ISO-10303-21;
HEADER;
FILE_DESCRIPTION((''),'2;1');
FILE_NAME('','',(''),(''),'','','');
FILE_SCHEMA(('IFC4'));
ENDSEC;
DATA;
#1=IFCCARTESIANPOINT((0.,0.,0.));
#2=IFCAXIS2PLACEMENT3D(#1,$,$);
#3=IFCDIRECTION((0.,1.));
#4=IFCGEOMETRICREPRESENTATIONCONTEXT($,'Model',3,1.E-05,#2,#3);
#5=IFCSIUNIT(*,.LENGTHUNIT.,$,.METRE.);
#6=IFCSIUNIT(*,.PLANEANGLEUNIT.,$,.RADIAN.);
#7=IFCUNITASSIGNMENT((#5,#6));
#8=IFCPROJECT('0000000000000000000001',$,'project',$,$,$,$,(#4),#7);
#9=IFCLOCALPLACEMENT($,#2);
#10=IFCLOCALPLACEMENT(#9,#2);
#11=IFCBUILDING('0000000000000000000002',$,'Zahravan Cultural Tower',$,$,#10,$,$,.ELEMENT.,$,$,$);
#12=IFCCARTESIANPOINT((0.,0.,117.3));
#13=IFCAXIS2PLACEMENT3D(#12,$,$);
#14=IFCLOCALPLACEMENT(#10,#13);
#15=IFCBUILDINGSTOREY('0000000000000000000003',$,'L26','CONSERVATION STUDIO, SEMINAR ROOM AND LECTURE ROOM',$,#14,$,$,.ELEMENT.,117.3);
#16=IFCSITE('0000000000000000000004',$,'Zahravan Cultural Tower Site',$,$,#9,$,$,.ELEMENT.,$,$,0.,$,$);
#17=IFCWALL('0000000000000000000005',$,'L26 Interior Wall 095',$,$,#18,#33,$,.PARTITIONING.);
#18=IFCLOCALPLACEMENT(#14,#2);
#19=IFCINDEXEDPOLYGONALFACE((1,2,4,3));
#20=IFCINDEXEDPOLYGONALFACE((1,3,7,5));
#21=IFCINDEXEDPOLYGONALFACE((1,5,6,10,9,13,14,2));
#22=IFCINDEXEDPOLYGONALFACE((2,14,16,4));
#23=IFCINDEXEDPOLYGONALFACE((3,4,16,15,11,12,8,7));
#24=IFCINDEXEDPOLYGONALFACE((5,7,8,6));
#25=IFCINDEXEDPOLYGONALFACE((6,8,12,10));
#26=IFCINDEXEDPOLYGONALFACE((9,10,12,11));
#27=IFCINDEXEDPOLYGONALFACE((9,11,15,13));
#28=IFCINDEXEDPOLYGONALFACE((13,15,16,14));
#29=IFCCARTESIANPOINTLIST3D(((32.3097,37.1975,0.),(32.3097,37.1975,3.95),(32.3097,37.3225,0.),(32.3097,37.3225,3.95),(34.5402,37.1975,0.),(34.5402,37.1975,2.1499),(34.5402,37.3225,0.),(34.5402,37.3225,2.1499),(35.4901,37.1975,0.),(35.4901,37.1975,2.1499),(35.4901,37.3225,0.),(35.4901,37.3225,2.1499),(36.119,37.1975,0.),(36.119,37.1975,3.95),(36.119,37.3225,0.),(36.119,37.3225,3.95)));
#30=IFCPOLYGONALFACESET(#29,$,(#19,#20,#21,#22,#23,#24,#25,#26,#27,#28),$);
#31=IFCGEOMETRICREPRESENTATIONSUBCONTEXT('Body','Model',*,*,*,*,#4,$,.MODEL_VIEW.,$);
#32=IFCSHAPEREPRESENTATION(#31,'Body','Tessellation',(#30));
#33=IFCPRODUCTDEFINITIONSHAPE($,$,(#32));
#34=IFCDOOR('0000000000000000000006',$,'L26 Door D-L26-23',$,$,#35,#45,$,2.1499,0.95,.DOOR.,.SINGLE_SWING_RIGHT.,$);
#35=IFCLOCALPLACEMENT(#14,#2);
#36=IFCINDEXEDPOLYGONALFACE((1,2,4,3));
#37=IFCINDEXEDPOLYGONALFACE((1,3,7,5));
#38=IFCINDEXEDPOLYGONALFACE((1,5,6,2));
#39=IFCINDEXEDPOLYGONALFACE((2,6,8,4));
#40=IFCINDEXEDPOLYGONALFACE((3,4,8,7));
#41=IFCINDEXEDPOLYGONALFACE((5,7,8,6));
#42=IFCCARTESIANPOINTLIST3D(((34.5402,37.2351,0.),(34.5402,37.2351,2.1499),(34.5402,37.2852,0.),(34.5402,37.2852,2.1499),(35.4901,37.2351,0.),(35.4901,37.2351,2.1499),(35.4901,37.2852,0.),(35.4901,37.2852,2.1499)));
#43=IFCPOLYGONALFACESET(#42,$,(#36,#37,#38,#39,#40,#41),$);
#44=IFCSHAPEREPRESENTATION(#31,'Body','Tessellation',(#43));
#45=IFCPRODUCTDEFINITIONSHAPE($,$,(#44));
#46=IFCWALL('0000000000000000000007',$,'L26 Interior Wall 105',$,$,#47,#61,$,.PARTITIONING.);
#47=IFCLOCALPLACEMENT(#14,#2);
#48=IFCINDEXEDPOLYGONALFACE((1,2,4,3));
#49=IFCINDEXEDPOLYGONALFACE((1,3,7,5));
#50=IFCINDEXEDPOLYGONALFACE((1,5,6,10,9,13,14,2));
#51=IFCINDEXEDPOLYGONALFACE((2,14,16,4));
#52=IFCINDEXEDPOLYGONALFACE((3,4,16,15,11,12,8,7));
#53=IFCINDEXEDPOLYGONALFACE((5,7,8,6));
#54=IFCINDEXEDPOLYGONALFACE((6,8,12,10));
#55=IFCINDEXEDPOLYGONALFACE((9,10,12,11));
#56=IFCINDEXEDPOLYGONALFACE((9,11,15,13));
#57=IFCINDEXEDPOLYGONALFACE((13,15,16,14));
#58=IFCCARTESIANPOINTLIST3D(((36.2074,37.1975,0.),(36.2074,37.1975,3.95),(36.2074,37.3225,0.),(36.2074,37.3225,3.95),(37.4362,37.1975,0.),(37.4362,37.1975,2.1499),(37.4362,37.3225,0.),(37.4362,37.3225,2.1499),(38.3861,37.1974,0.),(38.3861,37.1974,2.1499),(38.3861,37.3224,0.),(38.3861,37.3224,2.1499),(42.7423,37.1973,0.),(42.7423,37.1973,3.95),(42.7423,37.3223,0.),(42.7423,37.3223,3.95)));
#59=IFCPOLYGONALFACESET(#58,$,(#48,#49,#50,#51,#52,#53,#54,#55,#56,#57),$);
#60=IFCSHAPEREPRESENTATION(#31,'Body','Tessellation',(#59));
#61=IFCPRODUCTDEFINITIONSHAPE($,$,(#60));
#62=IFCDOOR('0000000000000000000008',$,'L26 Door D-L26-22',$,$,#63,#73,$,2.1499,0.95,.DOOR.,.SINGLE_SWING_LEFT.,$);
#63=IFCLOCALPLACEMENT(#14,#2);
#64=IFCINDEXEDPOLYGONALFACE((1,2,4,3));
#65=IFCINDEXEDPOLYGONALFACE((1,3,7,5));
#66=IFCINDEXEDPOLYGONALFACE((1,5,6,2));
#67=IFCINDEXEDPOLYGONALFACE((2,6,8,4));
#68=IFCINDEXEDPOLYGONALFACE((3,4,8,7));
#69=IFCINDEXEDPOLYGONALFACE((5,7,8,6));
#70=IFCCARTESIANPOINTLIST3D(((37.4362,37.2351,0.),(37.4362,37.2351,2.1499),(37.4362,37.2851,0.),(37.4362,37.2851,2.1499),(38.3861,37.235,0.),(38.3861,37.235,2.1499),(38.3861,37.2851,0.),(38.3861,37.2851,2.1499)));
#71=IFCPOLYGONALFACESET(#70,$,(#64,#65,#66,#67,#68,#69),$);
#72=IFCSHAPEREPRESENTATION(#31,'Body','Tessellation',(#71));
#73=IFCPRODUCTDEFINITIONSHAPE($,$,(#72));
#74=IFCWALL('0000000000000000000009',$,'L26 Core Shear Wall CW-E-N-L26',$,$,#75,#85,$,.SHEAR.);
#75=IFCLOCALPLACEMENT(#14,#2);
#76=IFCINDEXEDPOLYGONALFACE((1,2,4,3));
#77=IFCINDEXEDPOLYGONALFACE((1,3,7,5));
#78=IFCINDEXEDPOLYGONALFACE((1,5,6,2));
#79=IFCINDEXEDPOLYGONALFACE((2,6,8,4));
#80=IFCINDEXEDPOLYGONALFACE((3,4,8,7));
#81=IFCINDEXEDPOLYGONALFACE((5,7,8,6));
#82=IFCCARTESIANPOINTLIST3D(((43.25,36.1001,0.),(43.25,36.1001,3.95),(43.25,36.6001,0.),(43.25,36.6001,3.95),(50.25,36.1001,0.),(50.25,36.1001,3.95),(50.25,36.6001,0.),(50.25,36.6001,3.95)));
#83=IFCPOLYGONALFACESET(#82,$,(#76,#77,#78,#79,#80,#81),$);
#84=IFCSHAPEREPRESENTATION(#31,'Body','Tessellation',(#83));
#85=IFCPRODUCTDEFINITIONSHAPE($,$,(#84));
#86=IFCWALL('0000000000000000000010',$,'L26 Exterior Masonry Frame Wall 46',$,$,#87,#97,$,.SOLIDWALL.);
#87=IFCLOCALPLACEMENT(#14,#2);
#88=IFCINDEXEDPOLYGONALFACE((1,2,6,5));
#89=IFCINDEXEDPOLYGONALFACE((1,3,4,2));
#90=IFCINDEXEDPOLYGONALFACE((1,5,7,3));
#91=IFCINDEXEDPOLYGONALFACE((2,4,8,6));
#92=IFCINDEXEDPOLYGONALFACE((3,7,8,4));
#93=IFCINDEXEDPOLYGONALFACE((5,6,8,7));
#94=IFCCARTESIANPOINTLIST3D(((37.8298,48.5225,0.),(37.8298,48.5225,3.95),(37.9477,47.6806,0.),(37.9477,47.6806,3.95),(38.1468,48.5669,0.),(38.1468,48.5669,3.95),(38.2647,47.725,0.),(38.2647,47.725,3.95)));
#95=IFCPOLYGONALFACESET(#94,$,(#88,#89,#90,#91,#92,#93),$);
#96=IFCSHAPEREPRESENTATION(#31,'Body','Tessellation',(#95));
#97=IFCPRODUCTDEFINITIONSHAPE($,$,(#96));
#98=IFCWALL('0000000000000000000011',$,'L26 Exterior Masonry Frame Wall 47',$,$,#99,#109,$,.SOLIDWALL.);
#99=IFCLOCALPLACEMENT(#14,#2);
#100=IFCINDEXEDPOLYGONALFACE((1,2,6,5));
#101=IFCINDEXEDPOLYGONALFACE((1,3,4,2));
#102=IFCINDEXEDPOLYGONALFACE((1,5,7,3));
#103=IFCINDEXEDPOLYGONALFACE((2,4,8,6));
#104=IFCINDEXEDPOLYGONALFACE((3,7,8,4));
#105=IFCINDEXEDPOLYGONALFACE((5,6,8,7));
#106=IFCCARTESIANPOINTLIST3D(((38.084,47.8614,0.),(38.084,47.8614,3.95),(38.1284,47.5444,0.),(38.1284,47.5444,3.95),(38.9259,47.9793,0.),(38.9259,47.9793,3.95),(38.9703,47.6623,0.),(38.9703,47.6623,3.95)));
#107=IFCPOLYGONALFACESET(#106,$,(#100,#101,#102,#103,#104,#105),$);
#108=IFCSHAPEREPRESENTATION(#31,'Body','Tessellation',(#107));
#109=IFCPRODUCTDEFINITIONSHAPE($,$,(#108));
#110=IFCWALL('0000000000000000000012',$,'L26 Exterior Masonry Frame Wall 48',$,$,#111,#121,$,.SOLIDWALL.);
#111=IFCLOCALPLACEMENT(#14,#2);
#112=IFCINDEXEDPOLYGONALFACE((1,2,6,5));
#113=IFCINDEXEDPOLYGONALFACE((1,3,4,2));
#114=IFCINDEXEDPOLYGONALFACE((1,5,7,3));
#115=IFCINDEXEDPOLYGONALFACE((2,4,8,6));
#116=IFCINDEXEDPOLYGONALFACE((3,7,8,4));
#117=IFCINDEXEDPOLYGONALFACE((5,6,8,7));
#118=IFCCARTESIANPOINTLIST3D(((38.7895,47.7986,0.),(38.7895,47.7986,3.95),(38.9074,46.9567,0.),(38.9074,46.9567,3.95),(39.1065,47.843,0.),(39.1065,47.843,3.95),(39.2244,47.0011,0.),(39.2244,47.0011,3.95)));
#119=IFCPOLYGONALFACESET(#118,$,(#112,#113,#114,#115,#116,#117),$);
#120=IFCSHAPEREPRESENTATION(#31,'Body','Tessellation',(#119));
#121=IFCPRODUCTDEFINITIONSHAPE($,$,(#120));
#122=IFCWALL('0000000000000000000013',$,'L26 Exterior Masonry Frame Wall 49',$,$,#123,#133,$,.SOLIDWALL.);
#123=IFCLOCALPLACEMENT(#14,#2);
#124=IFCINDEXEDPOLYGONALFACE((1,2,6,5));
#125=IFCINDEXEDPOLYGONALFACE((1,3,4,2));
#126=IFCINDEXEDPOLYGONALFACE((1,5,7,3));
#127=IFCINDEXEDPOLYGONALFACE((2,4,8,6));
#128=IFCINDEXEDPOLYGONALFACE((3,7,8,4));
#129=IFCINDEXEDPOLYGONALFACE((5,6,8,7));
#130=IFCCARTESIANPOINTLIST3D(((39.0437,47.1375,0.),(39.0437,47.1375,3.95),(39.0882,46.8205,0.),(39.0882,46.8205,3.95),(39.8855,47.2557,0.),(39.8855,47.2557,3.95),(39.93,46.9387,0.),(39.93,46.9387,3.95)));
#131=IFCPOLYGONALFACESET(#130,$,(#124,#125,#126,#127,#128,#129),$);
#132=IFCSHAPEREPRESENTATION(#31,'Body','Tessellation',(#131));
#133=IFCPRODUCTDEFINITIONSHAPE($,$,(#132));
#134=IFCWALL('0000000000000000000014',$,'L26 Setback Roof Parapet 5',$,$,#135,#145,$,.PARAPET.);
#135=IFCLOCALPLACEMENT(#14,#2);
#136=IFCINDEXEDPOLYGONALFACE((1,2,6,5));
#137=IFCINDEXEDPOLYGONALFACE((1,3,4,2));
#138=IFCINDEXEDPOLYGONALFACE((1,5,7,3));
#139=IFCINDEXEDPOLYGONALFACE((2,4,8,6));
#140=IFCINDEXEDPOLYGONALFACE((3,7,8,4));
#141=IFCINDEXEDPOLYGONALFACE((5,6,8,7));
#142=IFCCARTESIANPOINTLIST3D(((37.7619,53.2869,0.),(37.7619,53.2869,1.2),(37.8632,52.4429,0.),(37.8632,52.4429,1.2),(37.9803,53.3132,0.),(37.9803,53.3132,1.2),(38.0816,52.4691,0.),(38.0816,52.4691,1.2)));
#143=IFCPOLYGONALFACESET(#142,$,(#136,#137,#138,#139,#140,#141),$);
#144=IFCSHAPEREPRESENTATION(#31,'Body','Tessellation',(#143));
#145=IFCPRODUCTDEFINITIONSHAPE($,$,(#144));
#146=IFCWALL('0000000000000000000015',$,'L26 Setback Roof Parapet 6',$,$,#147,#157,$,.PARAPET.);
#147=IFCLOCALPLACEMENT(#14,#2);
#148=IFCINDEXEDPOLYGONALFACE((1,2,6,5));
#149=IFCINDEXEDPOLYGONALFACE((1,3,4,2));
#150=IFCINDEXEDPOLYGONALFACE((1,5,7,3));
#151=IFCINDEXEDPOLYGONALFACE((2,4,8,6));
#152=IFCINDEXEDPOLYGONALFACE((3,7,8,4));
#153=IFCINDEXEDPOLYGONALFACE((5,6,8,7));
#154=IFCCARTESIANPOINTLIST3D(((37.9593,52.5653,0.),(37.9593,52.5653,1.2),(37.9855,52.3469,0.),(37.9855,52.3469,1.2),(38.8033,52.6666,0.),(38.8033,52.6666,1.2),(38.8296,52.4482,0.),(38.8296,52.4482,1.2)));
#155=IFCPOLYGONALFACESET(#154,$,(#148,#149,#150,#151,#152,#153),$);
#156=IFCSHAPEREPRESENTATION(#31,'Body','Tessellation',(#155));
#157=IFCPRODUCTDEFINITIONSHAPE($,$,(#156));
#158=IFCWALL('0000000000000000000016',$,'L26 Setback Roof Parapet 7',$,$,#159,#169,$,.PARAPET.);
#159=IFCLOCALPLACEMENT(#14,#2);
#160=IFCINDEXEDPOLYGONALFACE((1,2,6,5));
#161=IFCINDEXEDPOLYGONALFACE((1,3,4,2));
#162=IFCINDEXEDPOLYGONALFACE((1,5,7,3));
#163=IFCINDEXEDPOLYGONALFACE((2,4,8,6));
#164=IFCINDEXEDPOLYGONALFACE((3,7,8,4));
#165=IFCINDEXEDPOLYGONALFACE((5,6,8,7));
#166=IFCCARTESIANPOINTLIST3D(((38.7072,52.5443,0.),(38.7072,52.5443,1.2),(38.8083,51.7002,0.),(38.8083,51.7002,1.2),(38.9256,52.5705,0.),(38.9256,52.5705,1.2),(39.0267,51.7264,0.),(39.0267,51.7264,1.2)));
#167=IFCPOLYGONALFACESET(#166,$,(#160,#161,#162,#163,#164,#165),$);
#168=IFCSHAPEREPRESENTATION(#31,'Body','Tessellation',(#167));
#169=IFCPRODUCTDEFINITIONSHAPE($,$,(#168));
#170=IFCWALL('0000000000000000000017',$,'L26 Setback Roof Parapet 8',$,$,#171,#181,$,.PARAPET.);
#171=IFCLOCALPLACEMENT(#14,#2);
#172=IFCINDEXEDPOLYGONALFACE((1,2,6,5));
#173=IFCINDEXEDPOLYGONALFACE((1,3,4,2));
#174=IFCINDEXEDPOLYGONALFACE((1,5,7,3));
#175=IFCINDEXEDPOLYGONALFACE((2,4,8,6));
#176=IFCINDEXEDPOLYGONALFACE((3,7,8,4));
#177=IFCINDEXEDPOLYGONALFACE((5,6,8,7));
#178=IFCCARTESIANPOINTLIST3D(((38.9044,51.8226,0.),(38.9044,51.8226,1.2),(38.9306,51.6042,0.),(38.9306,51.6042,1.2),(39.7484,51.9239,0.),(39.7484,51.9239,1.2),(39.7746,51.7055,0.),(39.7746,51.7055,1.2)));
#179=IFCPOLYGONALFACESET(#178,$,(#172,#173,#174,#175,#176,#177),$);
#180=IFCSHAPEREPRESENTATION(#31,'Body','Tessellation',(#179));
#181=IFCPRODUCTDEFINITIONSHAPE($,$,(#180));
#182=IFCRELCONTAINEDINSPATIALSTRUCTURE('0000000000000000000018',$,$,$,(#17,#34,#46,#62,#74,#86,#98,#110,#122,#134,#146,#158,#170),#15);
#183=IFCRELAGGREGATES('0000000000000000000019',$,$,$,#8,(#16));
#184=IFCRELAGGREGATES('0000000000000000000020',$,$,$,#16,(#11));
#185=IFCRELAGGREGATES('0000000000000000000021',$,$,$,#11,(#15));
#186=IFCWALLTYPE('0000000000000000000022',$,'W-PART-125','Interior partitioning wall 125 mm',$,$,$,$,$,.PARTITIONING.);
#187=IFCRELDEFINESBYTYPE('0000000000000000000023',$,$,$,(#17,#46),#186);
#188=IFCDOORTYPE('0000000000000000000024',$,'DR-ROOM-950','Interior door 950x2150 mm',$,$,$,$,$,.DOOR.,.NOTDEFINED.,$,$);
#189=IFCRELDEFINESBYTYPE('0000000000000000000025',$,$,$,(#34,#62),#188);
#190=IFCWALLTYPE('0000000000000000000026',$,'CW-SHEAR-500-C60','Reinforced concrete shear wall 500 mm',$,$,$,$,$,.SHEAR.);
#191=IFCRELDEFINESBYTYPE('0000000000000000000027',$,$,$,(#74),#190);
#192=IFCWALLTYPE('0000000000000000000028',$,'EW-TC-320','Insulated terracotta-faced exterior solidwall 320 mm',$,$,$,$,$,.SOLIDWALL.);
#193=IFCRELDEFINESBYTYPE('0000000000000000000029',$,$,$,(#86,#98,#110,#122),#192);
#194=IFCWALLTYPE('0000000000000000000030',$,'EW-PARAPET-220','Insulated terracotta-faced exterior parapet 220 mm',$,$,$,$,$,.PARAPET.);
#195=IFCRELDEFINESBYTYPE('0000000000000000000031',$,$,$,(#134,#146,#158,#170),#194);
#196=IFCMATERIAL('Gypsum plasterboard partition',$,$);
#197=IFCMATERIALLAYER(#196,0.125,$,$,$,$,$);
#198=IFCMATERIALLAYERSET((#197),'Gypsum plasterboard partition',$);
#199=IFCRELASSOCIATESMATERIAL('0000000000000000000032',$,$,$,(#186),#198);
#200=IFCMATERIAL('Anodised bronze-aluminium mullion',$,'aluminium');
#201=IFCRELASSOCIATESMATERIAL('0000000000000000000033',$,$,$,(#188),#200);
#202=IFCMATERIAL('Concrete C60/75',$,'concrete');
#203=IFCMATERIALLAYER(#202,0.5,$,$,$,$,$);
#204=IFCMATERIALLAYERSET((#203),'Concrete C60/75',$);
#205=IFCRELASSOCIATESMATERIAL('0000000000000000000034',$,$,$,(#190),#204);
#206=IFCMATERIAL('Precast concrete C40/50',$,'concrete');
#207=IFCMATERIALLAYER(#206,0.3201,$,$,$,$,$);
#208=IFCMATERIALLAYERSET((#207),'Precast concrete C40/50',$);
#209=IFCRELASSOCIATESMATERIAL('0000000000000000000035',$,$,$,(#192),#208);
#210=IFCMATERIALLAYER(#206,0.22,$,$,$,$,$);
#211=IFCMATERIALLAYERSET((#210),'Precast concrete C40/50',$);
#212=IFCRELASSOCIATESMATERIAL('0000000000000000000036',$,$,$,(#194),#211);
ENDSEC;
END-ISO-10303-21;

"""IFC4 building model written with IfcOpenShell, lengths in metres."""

from ifc_helpers import new_model, si_unit, direction, frame, frame_2d, origin, place, context, subcontext, project, spatial, rectangle, extrude, source, transform, mapped, material, layer, layer_set, type_object, element, fill, save


model = new_model("IFC4")

# Units and contexts
model_context = context("Model", 3, precision=1e-05, world=origin(), true_north=direction((0.0, 1.0)))
body_context = subcontext(model_context, "Body", "Model", "MODEL_VIEW")
ifc_project = project(units=[si_unit("LENGTHUNIT", "METRE"), si_unit("PLANEANGLEUNIT", "RADIAN")], contexts=[model_context])

# Site, building, storey
site_placement = place(None, origin())
site = spatial("IfcSite", under=ifc_project, at=site_placement, Name="Zahravan Cultural Tower Site", CompositionType="ELEMENT", RefElevation=0.0)
building_placement = place(site_placement, origin())
building = spatial("IfcBuilding", under=site, at=building_placement, Name="Zahravan Cultural Tower", CompositionType="ELEMENT")
storey_placement = place(building_placement, frame((0.0, 0.0, 117.3)))
storey = spatial("IfcBuildingStorey", under=building, at=storey_placement, Name="L26", Description="CONSERVATION STUDIO, SEMINAR ROOM AND LECTURE ROOM", CompositionType="ELEMENT", Elevation=117.3)

# Shared definitions
ifc_material_1 = material(Name="Concrete C60/75", Category="concrete")

# Walls, openings, doors
ifc_material_2 = material(Name="Gypsum plasterboard partition")
ifc_layer_1 = layer(ifc_material_2, 0.125)
ifc_layer_set_1 = layer_set([ifc_layer_1], Name="Gypsum plasterboard partition")
wall_type_1 = type_object("IfcWallType", Name="W-PART-125", Description="Interior partitioning wall 125 mm", PredefinedType="PARTITIONING", material=ifc_layer_set_1)
wall_1_placement = place(storey_placement, frame((36.1191, 37.26, 0.0), z_axis=(0.0, 0.0, 1.0), x_axis=(-1.0, 0.0, 0.0)))
wall_1 = element("IfcWall", 1, at=wall_1_placement, inside=storey, type_object=wall_type_1, Name="L26 Interior Wall 095", PredefinedType="PARTITIONING", context=body_context, shape_type="SweptSolid", body=[
    extrude(rectangle(XDim=3.8093, YDim=0.125, at=frame_2d((1.9048, 0.0))), origin(), (0.0, 0.0, 1.0), 3.95),
])
opening_1_placement = place(wall_1_placement, frame((0.6289, 0.0, 0.0)))
opening_1 = element("IfcOpeningElement", 2, at=opening_1_placement, cuts=wall_1, PredefinedType="OPENING", context=body_context, shape_type="SweptSolid", body=[
    extrude(rectangle(XDim=0.95, YDim=2.1499, at=frame_2d((0.4751, 1.075))), frame((0.0, 0.0725, 0.0), z_axis=(0.0, -1.0, 0.0), x_axis=(1.0, 0.0, 0.0)), (0.0, 0.0, 1.0), 0.145),
])
ifc_material_3 = material(Name="Anodised bronze-aluminium mullion", Category="aluminium")
door_type = type_object("IfcDoorType", Name="DR-ROOM-950", Description="Interior door 950x2150 mm", OperationType="NOTDEFINED", PredefinedType="DOOR", material=ifc_material_3)
shared_shape_1 = source(origin(), body_context, "Body", "SweptSolid", [
    extrude(rectangle(XDim=0.95, YDim=2.1499, at=frame_2d((0.4751, 1.075))), frame((0.0, 0.0249, 0.0), z_axis=(0.0, -1.0, 0.0), x_axis=(1.0, 0.0, 0.0)), (0.0, 0.0, 1.0), 0.05),
])
door_1_placement = place(opening_1_placement, origin())
door_1 = element("IfcDoor", 3, at=door_1_placement, inside=storey, type_object=door_type, Name="L26 Door D-L26-23", OperationType="SINGLE_SWING_RIGHT", OverallHeight=2.1499, OverallWidth=0.95, PredefinedType="DOOR", context=body_context, shape_type="MappedRepresentation", body=[
    mapped(shared_shape_1, transform((0.0, 0.0, 0.0), x_axis=(1.0, 0.0, 0.0), y_axis=(0.0, 1.0, 0.0), z_axis=(0.0, 0.0, 1.0), scale=1.0)),
])
fill(opening_1, door_1)
wall_2_placement = place(storey_placement, frame((42.7424, 37.2598, 0.0), z_axis=(0.0, 0.0, 1.0), x_axis=(-1.0, 0.000037, 0.0)))
wall_2 = element("IfcWall", 4, at=wall_2_placement, inside=storey, type_object=wall_type_1, Name="L26 Interior Wall 105", PredefinedType="PARTITIONING", context=body_context, shape_type="SweptSolid", body=[
    extrude(rectangle(XDim=6.5349, YDim=0.125, at=frame_2d((3.2676, 0.0))), origin(), (0.0, 0.0, 1.0), 3.95),
])
opening_2_placement = place(wall_2_placement, frame((4.3562, 0.0, 0.0)))
opening_2 = element("IfcOpeningElement", 5, at=opening_2_placement, cuts=wall_2, PredefinedType="OPENING", context=body_context, shape_type="SweptSolid", body=[
    extrude(rectangle(XDim=0.95, YDim=2.1499, at=frame_2d((0.4751, 1.075))), frame((0.0, 0.0725, 0.0), z_axis=(0.0, -1.0, 0.0), x_axis=(1.0, 0.0, 0.0)), (0.0, 0.0, 1.0), 0.145),
])
door_2_placement = place(opening_2_placement, origin())
door_2 = element("IfcDoor", 6, at=door_2_placement, inside=storey, type_object=door_type, Name="L26 Door D-L26-22", OperationType="SINGLE_SWING_LEFT", OverallHeight=2.1499, OverallWidth=0.95, PredefinedType="DOOR", context=body_context, shape_type="MappedRepresentation", body=[
    mapped(shared_shape_1, transform((0.0, 0.0, 0.0), x_axis=(1.0, 0.0, 0.0), y_axis=(0.0, 1.0, 0.0), z_axis=(0.0, 0.0, 1.0), scale=1.0)),
])
fill(opening_2, door_2)

# Walls
ifc_layer_2 = layer(ifc_material_1, 0.5)
ifc_layer_set_2 = layer_set([ifc_layer_2], Name="Concrete C60/75")
wall_type_2 = type_object("IfcWallType", Name="CW-SHEAR-500-C60", Description="Reinforced concrete shear wall 500 mm", PredefinedType="SHEAR", material=ifc_layer_set_2)
shared_shape_2 = source(origin(), body_context, "Body", "SweptSolid", [
    extrude(rectangle(XDim=7.0, YDim=0.5, at=frame_2d((3.5, 0.0))), origin(), (0.0, 0.0, 1.0), 3.95),
])
wall_3_placement = place(storey_placement, frame((43.25, 36.3501, 0.0), z_axis=(0.0, 0.0, 1.0), x_axis=(1.0, 0.0, 0.0)))
element("IfcWall", 7, at=wall_3_placement, inside=storey, type_object=wall_type_2, Name="L26 Core Shear Wall CW-E-N-L26", PredefinedType="SHEAR", context=body_context, shape_type="MappedRepresentation", body=[
    mapped(shared_shape_2, transform((0.0, 0.0, 0.0), x_axis=(1.0, 0.0, 0.0), y_axis=(0.0, 1.0, 0.0), z_axis=(0.0, 0.0, 1.0), scale=1.0)),
])
ifc_material_4 = material(Name="Precast concrete C40/50", Category="concrete")
ifc_layer_3 = layer(ifc_material_4, 0.3201)
ifc_layer_set_3 = layer_set([ifc_layer_3], Name="Precast concrete C40/50")
wall_type_3 = type_object("IfcWallType", Name="EW-TC-320", Description="Insulated terracotta-faced exterior solidwall 320 mm", PredefinedType="SOLIDWALL", material=ifc_layer_set_3)
shared_shape_3 = source(origin(), body_context, "Body", "SweptSolid", [
    extrude(rectangle(XDim=0.8501, YDim=0.3201, at=frame_2d((0.425, 0.0))), origin(), (0.0, 0.0, 1.0), 3.95),
])
for number, where, z_axis, x_axis, name in (
    (8, (37.9883, 48.5447, 0.0), (0.0, 0.0, 1.0), (0.138727, -0.990331, 0.0), "L26 Exterior Masonry Frame Wall 46"),
    (9, (38.1062, 47.7029, 0.0), (0.0, 0.0, 1.0), (0.990331, 0.138727, 0.0), "L26 Exterior Masonry Frame Wall 47"),
    (10, (38.948, 47.8208, 0.0), (0.0, 0.0, 1.0), (0.138727, -0.990331, 0.0), "L26 Exterior Masonry Frame Wall 48"),
    (11, (39.0659, 46.979, 0.0), (0.0, 0.0, 1.0), (0.990291, 0.139008, 0.0), "L26 Exterior Masonry Frame Wall 49"),
):
    element("IfcWall", number, at=place(storey_placement, frame(where, z_axis=z_axis, x_axis=x_axis)), inside=storey, type_object=wall_type_3, Name=name, PredefinedType="SOLIDWALL", context=body_context, shape_type="MappedRepresentation", body=[
        mapped(shared_shape_3, transform((0.0, 0.0, 0.0), x_axis=(1.0, 0.0, 0.0), y_axis=(0.0, 1.0, 0.0), z_axis=(0.0, 0.0, 1.0), scale=1.0)),
    ])
ifc_layer_4 = layer(ifc_material_4, 0.22)
ifc_layer_set_4 = layer_set([ifc_layer_4], Name="Precast concrete C40/50")
wall_type_4 = type_object("IfcWallType", Name="EW-PARAPET-220", Description="Insulated terracotta-faced exterior parapet 220 mm", PredefinedType="PARAPET", material=ifc_layer_set_4)
shared_shape_4 = source(origin(), body_context, "Body", "SweptSolid", [
    extrude(rectangle(XDim=0.8501, YDim=0.22, at=frame_2d((0.425, 0.0))), origin(), (0.0, 0.0, 1.0), 1.2),
])
for number, where, z_axis, x_axis, name in (
    (12, (37.8711, 53.3, 0.0), (0.0, 0.0, 1.0), (0.119191, -0.992871, 0.0), "L26 Setback Roof Parapet 5"),
    (13, (37.9724, 52.4561, 0.0), (0.0, 0.0, 1.0), (0.992871, 0.119191, 0.0), "L26 Setback Roof Parapet 6"),
    (14, (38.8164, 52.5574, 0.0), (0.0, 0.0, 1.0), (0.118907, -0.992905, 0.0), "L26 Setback Roof Parapet 7"),
    (15, (38.9175, 51.7134, 0.0), (0.0, 0.0, 1.0), (0.992871, 0.119191, 0.0), "L26 Setback Roof Parapet 8"),
):
    element("IfcWall", number, at=place(storey_placement, frame(where, z_axis=z_axis, x_axis=x_axis)), inside=storey, type_object=wall_type_4, Name=name, PredefinedType="PARAPET", context=body_context, shape_type="MappedRepresentation", body=[
        mapped(shared_shape_4, transform((0.0, 0.0, 0.0), x_axis=(1.0, 0.0, 0.0), y_axis=(0.0, 1.0, 0.0), z_axis=(0.0, 0.0, 1.0), scale=1.0)),
    ])

save(model, "model.ifc")
